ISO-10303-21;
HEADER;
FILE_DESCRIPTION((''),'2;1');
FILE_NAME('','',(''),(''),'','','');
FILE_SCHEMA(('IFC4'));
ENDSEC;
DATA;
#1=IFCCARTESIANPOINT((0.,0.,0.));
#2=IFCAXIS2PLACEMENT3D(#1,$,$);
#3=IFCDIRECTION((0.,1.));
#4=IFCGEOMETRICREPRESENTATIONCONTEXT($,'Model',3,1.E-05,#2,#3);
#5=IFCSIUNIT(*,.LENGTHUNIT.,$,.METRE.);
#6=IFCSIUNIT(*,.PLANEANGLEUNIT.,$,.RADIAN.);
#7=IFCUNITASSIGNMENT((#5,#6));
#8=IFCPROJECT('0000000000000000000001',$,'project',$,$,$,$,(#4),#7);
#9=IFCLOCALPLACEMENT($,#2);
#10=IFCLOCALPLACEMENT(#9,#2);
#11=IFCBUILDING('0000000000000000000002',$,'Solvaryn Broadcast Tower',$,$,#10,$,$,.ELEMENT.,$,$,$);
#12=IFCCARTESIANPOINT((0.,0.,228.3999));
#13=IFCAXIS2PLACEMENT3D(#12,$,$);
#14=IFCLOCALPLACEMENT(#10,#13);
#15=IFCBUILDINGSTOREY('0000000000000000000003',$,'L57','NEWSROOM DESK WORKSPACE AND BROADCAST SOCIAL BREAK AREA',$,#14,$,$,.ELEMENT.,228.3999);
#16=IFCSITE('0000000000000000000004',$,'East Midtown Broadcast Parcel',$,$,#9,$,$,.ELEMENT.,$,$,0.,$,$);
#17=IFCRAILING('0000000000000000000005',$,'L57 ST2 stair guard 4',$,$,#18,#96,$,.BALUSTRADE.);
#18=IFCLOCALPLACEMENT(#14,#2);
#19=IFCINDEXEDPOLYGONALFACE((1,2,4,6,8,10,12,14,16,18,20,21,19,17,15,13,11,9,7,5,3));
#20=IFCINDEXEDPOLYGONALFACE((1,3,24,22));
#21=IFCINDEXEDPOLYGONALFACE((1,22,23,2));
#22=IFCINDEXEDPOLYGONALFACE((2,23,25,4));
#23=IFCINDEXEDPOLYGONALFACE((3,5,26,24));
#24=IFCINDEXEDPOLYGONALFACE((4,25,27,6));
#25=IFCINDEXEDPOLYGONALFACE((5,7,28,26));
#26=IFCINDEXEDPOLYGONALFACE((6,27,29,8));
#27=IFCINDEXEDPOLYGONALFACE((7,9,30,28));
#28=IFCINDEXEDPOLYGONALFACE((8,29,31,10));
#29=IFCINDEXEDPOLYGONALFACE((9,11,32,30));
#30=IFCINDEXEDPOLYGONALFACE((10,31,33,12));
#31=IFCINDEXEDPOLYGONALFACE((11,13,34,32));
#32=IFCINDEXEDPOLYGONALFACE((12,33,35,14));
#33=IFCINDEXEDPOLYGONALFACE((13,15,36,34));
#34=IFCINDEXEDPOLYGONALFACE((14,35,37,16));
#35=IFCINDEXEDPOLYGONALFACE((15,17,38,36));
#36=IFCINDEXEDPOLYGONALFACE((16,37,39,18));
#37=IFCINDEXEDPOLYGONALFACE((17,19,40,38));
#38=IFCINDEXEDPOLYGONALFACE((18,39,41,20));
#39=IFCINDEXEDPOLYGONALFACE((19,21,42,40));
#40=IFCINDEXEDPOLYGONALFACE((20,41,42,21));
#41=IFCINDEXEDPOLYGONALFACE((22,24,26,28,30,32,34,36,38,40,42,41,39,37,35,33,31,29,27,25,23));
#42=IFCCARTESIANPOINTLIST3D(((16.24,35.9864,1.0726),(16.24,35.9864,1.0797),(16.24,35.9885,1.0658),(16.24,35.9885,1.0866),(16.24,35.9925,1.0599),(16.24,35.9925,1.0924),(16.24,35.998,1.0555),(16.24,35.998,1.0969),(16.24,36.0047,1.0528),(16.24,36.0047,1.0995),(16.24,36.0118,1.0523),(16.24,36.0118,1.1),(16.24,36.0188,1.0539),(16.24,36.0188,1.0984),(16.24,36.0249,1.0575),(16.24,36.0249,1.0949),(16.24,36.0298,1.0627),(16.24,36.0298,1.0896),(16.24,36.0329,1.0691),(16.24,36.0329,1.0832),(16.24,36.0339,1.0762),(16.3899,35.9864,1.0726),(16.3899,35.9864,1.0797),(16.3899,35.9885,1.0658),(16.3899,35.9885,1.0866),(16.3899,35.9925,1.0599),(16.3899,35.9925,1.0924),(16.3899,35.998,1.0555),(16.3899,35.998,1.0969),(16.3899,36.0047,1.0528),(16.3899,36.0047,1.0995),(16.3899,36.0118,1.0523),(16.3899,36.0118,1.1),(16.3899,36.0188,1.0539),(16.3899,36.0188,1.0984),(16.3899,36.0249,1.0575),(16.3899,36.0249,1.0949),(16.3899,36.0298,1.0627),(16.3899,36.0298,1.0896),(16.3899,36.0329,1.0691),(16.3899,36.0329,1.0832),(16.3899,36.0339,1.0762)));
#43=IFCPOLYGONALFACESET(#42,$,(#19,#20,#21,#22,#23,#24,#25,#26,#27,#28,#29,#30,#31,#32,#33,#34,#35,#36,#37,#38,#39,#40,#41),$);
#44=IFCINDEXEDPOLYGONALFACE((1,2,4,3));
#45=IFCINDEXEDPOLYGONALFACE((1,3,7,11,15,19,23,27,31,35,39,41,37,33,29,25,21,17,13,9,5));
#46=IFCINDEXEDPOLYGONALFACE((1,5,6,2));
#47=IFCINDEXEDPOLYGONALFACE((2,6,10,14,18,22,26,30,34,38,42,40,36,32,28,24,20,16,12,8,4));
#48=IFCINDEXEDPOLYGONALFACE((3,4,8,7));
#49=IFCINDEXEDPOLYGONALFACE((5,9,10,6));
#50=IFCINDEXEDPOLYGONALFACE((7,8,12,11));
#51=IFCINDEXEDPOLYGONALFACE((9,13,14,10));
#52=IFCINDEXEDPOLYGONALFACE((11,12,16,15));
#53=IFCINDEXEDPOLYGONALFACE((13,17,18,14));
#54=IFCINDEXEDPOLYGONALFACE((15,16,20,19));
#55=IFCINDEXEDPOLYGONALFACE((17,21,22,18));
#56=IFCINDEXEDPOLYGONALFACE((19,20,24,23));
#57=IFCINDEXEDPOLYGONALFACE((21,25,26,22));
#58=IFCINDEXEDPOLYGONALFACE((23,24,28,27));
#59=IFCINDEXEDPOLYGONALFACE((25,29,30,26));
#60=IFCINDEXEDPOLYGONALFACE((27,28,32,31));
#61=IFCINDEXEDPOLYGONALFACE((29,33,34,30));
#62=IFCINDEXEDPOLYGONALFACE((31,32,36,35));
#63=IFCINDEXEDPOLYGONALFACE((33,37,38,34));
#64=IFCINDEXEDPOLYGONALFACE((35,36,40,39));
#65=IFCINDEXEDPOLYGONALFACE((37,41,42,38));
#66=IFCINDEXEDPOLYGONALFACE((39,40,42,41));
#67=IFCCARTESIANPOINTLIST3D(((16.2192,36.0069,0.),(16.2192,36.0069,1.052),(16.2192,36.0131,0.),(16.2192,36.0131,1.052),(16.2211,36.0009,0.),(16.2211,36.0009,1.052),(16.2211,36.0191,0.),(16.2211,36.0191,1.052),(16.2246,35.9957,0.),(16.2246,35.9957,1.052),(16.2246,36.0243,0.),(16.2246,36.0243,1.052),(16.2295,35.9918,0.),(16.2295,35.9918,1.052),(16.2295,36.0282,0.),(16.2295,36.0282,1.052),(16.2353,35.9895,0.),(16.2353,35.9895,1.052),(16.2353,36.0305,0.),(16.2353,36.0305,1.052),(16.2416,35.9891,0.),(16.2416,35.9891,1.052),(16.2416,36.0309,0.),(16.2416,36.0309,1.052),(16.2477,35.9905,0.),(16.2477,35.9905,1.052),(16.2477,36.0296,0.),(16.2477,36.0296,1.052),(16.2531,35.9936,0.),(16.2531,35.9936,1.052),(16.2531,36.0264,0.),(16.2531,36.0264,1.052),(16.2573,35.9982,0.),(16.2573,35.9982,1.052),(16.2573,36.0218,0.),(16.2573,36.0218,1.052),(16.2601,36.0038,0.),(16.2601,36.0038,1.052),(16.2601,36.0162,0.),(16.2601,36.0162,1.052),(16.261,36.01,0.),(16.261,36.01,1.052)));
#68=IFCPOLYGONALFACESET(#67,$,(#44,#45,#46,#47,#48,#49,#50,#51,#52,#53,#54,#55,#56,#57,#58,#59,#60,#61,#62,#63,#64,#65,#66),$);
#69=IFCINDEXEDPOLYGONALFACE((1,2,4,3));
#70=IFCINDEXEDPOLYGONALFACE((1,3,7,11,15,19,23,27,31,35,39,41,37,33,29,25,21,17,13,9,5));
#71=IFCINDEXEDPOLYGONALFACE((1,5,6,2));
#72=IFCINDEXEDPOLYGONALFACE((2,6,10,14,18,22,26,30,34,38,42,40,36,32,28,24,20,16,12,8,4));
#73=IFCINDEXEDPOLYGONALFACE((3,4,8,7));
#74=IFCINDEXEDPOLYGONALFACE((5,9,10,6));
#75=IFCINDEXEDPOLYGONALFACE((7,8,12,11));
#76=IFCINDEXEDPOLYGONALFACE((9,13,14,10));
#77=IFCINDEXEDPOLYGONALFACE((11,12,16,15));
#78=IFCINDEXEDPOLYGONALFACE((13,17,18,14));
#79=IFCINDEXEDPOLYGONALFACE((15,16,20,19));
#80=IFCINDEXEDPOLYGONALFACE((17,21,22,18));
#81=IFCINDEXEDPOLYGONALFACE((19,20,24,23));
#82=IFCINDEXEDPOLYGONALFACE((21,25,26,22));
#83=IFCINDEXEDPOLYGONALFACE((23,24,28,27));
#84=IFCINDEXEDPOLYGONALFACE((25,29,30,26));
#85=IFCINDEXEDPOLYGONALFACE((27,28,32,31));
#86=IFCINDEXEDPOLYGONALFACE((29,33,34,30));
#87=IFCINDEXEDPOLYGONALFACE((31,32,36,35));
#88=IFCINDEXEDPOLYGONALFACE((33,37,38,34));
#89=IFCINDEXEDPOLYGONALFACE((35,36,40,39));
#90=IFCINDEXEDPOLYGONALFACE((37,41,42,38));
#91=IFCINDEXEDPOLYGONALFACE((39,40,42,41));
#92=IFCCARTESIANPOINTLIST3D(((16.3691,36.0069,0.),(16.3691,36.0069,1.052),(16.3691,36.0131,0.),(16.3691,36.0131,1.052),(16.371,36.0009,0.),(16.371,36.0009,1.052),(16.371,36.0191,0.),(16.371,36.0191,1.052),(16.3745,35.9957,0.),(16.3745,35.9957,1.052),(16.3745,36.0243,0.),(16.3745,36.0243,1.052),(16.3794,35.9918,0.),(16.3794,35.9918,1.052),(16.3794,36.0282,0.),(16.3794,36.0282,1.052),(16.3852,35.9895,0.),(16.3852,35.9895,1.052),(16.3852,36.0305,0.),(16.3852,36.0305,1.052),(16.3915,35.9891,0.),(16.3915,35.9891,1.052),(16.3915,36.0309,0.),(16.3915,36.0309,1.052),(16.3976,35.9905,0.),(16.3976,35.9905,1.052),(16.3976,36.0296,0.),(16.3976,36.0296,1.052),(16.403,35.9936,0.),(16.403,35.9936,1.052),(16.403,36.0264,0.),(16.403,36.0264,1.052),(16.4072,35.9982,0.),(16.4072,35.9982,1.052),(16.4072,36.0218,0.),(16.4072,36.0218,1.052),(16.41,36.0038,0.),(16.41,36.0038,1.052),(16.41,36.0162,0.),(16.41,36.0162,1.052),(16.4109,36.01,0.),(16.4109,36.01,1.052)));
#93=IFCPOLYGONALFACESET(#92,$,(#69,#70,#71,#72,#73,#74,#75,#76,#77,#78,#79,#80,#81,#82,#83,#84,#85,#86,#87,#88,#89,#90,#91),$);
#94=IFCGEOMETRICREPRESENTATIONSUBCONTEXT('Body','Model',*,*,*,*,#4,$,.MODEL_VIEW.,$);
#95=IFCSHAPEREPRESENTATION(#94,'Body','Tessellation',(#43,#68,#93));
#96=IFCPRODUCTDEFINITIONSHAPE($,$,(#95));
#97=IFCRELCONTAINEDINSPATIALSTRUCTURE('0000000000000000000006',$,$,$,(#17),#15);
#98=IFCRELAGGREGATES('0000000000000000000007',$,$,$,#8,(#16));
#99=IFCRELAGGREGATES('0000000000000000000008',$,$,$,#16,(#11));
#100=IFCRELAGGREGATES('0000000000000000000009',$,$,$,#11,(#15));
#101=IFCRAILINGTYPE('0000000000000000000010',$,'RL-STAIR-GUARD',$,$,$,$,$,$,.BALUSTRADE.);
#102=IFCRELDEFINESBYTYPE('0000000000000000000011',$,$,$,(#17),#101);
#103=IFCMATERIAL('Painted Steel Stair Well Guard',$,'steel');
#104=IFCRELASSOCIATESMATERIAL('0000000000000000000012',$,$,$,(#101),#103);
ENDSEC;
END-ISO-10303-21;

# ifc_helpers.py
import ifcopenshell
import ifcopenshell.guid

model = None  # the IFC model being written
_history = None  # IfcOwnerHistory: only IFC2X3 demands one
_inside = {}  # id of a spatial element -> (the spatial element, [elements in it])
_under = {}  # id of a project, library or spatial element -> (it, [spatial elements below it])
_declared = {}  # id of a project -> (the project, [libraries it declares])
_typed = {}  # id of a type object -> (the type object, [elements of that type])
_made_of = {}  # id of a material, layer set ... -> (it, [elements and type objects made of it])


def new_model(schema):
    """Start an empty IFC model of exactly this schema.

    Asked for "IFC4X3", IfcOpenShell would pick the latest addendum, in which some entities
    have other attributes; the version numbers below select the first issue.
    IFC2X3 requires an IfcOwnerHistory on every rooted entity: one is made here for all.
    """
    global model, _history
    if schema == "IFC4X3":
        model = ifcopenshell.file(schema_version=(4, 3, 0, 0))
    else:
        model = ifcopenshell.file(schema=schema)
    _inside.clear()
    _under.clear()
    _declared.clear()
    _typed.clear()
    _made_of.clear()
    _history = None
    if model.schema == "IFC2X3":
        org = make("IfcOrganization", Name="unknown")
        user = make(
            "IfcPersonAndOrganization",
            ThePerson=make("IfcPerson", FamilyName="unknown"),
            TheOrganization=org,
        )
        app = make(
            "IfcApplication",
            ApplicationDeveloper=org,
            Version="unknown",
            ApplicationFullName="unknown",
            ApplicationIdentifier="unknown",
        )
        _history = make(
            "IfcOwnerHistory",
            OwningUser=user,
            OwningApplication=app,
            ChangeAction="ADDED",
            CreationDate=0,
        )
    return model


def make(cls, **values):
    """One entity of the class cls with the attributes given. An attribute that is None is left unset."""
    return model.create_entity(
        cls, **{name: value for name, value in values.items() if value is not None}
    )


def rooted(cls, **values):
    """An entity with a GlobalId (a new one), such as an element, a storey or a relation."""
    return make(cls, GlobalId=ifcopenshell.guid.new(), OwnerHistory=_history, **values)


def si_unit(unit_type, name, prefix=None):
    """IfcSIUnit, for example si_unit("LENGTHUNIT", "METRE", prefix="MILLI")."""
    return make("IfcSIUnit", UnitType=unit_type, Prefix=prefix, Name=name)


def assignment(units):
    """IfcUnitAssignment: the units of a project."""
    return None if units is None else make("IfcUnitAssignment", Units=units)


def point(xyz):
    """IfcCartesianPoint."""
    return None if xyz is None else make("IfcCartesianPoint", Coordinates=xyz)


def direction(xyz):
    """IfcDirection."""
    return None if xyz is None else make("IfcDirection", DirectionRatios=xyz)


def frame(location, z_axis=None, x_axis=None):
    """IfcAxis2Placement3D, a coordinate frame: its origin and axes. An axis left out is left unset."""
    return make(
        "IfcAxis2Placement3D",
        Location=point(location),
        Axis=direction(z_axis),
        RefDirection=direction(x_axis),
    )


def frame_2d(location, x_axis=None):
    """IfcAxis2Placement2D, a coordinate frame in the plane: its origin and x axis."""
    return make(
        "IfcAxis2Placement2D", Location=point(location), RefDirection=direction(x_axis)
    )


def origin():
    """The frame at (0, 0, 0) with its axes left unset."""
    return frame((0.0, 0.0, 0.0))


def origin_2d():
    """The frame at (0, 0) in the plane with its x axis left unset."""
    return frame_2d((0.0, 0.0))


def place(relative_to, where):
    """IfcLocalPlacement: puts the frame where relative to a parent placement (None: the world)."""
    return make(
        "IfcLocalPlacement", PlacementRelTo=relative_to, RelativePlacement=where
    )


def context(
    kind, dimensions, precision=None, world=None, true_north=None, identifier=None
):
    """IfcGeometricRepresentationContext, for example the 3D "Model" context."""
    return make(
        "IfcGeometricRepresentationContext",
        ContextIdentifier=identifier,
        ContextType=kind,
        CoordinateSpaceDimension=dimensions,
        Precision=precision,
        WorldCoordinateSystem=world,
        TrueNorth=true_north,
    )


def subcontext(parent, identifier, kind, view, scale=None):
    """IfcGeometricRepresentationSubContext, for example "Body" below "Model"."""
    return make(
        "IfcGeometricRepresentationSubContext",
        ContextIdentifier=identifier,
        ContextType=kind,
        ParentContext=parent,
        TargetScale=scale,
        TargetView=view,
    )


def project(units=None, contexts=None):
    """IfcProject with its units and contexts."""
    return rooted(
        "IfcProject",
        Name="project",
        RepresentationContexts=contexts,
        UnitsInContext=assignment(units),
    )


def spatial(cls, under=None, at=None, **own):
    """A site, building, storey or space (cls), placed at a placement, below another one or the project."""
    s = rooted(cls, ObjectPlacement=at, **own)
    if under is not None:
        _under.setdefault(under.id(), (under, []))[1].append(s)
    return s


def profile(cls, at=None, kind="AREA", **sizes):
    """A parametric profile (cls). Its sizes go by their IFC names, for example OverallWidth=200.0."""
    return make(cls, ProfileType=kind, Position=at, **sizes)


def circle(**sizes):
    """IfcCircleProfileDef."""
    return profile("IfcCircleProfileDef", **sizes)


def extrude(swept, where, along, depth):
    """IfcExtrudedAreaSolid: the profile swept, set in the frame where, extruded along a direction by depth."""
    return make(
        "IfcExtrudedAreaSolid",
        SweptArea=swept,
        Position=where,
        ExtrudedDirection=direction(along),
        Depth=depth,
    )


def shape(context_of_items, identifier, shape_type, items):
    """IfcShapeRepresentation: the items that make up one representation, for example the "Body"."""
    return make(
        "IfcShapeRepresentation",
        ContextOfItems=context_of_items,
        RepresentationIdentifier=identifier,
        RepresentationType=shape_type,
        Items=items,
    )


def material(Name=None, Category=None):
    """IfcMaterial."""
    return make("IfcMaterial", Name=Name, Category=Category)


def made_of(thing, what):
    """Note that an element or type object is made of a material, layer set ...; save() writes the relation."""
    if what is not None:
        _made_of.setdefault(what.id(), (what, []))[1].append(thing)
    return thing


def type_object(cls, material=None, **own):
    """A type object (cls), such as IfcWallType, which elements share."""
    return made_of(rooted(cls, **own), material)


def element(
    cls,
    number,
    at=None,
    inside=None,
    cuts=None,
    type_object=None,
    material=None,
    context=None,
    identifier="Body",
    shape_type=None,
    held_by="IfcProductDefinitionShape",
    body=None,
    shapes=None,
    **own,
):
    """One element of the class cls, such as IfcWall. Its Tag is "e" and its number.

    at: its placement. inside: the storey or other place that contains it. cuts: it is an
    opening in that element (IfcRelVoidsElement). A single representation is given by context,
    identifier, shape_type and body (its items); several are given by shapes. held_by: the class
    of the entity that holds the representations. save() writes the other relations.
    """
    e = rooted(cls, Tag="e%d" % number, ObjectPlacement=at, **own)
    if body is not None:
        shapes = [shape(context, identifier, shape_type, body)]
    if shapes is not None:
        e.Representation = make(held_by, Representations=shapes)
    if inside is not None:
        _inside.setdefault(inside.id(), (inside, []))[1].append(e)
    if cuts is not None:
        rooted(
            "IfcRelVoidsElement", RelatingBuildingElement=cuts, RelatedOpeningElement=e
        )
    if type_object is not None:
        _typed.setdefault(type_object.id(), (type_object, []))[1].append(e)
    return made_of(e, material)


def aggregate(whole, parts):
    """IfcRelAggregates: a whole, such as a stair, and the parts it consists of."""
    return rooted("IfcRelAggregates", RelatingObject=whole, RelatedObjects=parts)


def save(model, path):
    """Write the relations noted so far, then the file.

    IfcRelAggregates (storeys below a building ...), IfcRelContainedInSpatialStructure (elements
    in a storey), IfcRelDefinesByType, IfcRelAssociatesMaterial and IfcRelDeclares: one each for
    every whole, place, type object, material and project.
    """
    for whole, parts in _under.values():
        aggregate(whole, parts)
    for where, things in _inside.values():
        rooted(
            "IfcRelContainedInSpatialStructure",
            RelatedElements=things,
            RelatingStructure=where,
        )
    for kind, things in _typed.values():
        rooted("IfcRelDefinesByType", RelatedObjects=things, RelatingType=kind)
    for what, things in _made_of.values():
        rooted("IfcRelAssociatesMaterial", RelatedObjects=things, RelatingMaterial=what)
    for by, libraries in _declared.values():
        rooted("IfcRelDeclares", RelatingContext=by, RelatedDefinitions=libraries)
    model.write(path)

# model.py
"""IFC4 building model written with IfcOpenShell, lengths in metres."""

from ifc_helpers import new_model, si_unit, direction, frame, origin, origin_2d, place, context, subcontext, project, spatial, circle, extrude, material, type_object, element, save


model = new_model("IFC4")

# Units and contexts
model_context = context("Model", 3, precision=1e-05, world=origin(), true_north=direction((0.0, 1.0)))
body_context = subcontext(model_context, "Body", "Model", "MODEL_VIEW")
ifc_project = project(units=[si_unit("LENGTHUNIT", "METRE"), si_unit("PLANEANGLEUNIT", "RADIAN")], contexts=[model_context])

# Site, building, storey
site_placement = place(None, origin())
site = spatial("IfcSite", under=ifc_project, at=site_placement, Name="East Midtown Broadcast Parcel", CompositionType="ELEMENT", RefElevation=0.0)
building_placement = place(site_placement, origin())
building = spatial("IfcBuilding", under=site, at=building_placement, Name="Solvaryn Broadcast Tower", CompositionType="ELEMENT")
storey_placement = place(building_placement, frame((0.0, 0.0, 228.3999)))
storey = spatial("IfcBuildingStorey", under=building, at=storey_placement, Name="L57", Description="NEWSROOM DESK WORKSPACE AND BROADCAST SOCIAL BREAK AREA", CompositionType="ELEMENT", Elevation=228.3999)

# Railing
ifc_material_1 = material(Name="Painted Steel Stair Well Guard", Category="steel")
railing_type_1 = type_object("IfcRailingType", Name="RL-STAIR-GUARD", PredefinedType="BALUSTRADE", material=ifc_material_1)
railing_1_placement = place(storey_placement, frame((16.24, 36.01, 0.0)))
element("IfcRailing", 1, at=railing_1_placement, inside=storey, type_object=railing_type_1, Name="L57 ST2 stair guard 4", PredefinedType="BALUSTRADE", context=body_context, shape_type="SweptSolid", body=[
    extrude(circle(Radius=0.0239, at=origin_2d()), frame((0.0, 0.0, 1.0762), z_axis=(1.0, 0.0, 0.0), x_axis=(0.0, 1.0, 0.0)), (0.0, 0.0, 1.0), 0.1499),
    extrude(circle(Radius=0.021, at=origin_2d()), origin(), (0.0, 0.0, 1.0), 1.052),
    extrude(circle(Radius=0.021, at=origin_2d()), frame((0.1499, 0.0, 0.0)), (0.0, 0.0, 1.0), 1.052),
])

save(model, "model.ifc")
